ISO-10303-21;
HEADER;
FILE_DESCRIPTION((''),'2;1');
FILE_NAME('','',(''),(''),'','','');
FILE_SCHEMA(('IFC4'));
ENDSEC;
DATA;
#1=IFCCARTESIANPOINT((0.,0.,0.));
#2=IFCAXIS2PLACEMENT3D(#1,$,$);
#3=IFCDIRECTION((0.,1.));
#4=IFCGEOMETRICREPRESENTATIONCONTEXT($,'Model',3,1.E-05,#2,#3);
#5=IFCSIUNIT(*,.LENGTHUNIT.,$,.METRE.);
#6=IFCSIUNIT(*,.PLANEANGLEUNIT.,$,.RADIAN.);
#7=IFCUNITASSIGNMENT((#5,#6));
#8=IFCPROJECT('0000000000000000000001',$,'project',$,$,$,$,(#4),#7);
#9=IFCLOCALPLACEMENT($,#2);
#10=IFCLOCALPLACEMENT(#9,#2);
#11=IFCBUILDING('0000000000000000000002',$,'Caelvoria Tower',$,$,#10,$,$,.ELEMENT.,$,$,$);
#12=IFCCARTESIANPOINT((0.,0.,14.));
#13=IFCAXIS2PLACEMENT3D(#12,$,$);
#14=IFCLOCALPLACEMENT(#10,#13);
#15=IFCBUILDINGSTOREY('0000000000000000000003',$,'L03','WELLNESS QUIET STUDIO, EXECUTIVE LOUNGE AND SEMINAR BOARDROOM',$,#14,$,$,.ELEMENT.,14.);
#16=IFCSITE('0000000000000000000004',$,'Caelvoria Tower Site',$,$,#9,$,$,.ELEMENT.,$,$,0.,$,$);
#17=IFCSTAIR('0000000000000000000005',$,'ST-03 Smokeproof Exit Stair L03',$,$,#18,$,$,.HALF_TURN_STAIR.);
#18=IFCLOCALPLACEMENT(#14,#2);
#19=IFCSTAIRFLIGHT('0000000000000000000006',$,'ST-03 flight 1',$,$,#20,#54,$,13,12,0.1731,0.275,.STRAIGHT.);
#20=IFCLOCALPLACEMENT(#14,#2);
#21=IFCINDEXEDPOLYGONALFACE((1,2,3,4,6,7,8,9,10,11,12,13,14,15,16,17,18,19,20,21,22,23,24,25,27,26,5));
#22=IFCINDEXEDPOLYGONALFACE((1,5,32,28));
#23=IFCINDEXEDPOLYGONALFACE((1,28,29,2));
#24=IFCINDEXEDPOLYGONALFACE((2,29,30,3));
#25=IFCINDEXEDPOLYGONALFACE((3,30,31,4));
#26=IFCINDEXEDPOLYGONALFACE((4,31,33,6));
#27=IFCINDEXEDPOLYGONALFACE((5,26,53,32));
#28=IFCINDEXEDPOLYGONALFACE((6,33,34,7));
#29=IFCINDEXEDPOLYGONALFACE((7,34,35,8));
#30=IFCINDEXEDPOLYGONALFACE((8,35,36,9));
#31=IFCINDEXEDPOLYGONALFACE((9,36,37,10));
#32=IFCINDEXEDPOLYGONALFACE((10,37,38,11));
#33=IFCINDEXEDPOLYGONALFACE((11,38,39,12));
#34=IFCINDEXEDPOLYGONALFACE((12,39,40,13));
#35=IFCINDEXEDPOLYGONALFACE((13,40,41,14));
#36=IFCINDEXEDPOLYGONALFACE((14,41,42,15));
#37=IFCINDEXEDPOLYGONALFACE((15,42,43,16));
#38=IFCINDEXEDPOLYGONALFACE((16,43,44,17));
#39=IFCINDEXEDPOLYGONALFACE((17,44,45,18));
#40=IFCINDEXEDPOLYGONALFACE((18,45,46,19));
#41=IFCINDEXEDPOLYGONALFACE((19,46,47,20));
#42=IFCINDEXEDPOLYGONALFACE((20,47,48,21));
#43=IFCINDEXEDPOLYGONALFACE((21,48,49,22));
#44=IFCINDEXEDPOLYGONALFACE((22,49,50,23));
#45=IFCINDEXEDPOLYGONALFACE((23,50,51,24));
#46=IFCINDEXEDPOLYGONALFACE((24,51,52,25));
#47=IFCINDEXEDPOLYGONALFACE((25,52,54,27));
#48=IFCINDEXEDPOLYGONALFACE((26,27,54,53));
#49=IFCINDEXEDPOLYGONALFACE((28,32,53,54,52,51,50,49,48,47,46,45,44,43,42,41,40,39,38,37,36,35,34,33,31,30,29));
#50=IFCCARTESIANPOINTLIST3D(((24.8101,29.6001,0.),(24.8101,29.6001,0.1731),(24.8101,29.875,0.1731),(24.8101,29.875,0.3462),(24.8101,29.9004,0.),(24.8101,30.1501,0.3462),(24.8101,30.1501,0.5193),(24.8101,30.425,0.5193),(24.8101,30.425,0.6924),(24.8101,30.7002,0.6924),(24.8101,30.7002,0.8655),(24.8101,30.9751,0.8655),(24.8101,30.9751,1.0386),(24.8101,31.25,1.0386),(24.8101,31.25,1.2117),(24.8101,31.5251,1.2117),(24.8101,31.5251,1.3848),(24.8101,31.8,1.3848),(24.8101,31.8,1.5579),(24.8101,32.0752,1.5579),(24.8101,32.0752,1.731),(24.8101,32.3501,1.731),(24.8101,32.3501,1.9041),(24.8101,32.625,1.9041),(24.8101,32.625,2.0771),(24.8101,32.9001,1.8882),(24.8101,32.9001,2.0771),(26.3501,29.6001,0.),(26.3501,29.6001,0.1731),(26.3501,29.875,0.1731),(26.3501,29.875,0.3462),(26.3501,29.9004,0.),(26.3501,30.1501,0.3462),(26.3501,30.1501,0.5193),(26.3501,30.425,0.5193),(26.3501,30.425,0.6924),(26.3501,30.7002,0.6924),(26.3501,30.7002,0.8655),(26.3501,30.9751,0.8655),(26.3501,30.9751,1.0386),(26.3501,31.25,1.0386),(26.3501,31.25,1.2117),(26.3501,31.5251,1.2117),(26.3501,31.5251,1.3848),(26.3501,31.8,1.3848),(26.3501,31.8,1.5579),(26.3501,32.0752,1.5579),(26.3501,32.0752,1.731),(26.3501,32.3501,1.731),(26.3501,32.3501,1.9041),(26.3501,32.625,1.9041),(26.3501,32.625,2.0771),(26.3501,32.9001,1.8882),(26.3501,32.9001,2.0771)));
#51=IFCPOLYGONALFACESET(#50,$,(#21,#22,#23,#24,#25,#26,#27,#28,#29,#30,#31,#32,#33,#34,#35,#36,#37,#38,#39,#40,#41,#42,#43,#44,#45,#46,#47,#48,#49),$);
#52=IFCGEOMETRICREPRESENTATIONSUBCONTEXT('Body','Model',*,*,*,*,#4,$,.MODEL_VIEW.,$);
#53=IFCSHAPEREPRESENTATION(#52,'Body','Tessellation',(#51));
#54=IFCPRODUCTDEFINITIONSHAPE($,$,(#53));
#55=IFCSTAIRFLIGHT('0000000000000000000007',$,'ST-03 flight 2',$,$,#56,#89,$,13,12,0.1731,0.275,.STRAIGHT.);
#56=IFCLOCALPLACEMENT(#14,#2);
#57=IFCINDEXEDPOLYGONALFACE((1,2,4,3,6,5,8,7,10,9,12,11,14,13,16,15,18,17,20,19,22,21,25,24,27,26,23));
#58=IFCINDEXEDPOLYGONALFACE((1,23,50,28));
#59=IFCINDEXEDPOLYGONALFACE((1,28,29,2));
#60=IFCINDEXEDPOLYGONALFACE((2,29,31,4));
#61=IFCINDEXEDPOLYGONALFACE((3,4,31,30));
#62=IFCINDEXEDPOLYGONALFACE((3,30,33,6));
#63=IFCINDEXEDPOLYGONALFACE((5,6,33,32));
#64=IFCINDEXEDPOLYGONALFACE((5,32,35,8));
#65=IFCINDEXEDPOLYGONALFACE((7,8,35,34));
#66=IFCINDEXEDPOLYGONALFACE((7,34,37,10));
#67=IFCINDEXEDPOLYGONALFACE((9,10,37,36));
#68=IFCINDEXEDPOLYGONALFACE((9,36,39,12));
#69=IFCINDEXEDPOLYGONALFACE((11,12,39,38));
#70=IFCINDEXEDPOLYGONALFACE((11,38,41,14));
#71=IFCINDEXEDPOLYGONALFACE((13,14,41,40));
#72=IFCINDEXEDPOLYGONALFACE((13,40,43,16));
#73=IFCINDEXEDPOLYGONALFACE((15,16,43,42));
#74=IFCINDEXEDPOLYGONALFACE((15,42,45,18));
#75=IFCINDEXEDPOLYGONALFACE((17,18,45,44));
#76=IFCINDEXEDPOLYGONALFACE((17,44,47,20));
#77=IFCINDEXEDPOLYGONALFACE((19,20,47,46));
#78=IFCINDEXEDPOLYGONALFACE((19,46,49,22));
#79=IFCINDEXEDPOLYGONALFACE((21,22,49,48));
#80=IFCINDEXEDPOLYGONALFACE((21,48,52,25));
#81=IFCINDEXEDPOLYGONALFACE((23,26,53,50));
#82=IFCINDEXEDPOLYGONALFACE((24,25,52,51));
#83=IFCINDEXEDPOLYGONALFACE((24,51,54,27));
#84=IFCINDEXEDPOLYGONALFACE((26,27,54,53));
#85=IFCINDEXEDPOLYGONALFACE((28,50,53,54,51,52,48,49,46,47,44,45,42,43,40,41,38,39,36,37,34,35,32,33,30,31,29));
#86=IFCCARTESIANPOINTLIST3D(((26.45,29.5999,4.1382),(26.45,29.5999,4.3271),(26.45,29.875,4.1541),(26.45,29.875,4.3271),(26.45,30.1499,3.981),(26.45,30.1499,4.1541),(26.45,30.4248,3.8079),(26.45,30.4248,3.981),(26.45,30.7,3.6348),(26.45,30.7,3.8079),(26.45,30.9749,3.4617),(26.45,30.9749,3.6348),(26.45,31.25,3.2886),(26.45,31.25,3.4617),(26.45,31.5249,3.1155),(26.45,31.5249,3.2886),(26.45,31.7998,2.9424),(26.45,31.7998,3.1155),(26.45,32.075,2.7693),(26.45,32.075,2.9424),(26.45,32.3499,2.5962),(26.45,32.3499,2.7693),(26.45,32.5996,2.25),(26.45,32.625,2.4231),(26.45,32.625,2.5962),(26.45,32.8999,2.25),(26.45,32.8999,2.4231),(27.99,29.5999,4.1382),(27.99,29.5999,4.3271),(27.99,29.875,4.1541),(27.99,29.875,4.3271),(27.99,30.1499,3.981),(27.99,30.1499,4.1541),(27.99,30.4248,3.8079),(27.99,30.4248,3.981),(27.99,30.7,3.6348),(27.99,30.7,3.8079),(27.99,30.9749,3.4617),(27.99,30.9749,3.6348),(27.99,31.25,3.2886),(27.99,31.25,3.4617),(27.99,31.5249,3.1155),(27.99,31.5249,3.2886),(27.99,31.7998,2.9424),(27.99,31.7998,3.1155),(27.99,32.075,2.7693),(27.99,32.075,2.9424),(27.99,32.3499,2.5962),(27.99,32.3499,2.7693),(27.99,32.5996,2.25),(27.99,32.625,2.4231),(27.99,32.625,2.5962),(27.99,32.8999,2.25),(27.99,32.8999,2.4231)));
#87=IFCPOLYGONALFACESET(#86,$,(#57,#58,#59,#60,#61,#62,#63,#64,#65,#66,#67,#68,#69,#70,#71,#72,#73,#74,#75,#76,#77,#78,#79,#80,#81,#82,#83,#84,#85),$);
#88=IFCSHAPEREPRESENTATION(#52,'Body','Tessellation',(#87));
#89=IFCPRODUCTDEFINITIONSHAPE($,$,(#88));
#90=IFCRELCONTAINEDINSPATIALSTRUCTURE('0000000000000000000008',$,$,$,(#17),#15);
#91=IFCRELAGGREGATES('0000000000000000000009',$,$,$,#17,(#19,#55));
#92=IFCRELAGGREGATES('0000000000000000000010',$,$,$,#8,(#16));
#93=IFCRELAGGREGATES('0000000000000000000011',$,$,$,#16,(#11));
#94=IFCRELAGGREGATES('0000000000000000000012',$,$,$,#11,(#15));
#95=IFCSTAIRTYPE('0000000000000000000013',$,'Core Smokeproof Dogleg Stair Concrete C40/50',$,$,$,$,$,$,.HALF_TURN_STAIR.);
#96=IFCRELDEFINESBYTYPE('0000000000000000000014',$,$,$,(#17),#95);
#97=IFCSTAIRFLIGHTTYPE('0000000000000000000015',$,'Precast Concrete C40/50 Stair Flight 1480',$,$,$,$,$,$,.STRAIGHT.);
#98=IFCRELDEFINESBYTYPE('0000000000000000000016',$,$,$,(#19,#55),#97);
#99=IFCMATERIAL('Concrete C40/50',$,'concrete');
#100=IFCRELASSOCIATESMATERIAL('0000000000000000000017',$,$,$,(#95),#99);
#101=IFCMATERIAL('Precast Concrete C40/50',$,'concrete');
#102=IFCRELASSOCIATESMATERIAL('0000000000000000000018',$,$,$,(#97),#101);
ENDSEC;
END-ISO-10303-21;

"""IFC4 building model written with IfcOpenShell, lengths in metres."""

from ifc_helpers import new_model, si_unit, direction, frame, origin, place, context, subcontext, project, spatial, polyline, outline, extrude, material, type_object, element, aggregate, save


model = new_model("IFC4")

# Units and contexts
model_context = context("Model", 3, precision=1e-05, world=origin(), true_north=direction((0.0, 1.0)))
body_context = subcontext(model_context, "Body", "Model", "MODEL_VIEW")
ifc_project = project(units=[si_unit("LENGTHUNIT", "METRE"), si_unit("PLANEANGLEUNIT", "RADIAN")], contexts=[model_context])

# Site, building, storey
site_placement = place(None, origin())
site = spatial("IfcSite", under=ifc_project, at=site_placement, Name="Caelvoria Tower Site", CompositionType="ELEMENT", RefElevation=0.0)
building_placement = place(site_placement, origin())
building = spatial("IfcBuilding", under=site, at=building_placement, Name="Caelvoria Tower", CompositionType="ELEMENT")
storey_placement = place(building_placement, frame((0.0, 0.0, 14.0)))
storey = spatial("IfcBuildingStorey", under=building, at=storey_placement, Name="L03", Description="WELLNESS QUIET STUDIO, EXECUTIVE LOUNGE AND SEMINAR BOARDROOM", CompositionType="ELEMENT", Elevation=14.0)

# Stair, stair flights
ifc_material_1 = material(Name="Concrete C40/50", Category="concrete")
stair_type = type_object("IfcStairType", Name="Core Smokeproof Dogleg Stair Concrete C40/50", PredefinedType="HALF_TURN_STAIR", material=ifc_material_1)
stair_placement = place(storey_placement, origin())
stair = element("IfcStair", 1, at=stair_placement, inside=storey, type_object=stair_type, Name="ST-03 Smokeproof Exit Stair L03", PredefinedType="HALF_TURN_STAIR")
ifc_material_2 = material(Name="Precast Concrete C40/50", Category="concrete")
stair_flight_type = type_object("IfcStairFlightType", Name="Precast Concrete C40/50 Stair Flight 1480", PredefinedType="STRAIGHT", material=ifc_material_2)
stair_flight_1_placement = place(storey_placement, frame((25.5801, 29.6001, 0.0), z_axis=(0.0, 0.0, 1.0), x_axis=(0.0, 1.0, 0.0)))
stair_flight_1 = element("IfcStairFlight", 2, at=stair_flight_1_placement, type_object=stair_flight_type, Name="ST-03 flight 1", NumberOfRisers=13, NumberOfTreads=12, PredefinedType="STRAIGHT", RiserHeight=0.1731, TreadLength=0.275, context=body_context, shape_type="SweptSolid", body=[
    extrude(outline(polyline([(0.0, 0.0), (0.0, 0.1731), (0.2749, 0.1731), (0.2749, 0.3462), (0.55, 0.3462), (0.55, 0.5193), (0.825, 0.5193), (0.825, 0.6924), (1.1001, 0.6924), (1.1001, 0.8655), (1.375, 0.8655), (1.375, 1.0386), (1.6499, 1.0386), (1.6499, 1.2117), (1.925, 1.2117), (1.925, 1.3848), (2.2, 1.3848), (2.2, 1.5579), (2.4751, 1.5579), (2.4751, 1.731), (2.75, 1.731), (2.75, 1.9041), (3.0249, 1.9041), (3.0249, 2.0771), (3.3, 2.0771), (3.3, 2.2502), (3.3, 1.8882), (0.3003, 0.0), (0.0, 0.0)])), frame((0.0, 0.77, 0.0), z_axis=(0.0, -1.0, 0.0), x_axis=(1.0, 0.0, 0.0)), (0.0, 0.0, 1.0), 1.54),
])
stair_flight_2_placement = place(storey_placement, frame((27.22, 32.8999, 2.25), z_axis=(0.0, 0.0, 1.0), x_axis=(0.0, -1.0, 0.0)))
stair_flight_2 = element("IfcStairFlight", 3, at=stair_flight_2_placement, type_object=stair_flight_type, Name="ST-03 flight 2", NumberOfRisers=13, NumberOfTreads=12, PredefinedType="STRAIGHT", RiserHeight=0.1731, TreadLength=0.275, context=body_context, shape_type="SweptSolid", body=[
    extrude(outline(polyline([(0.0, 0.0), (0.0, 0.1731), (0.2749, 0.1731), (0.2749, 0.3462), (0.55, 0.3462), (0.55, 0.5193), (0.825, 0.5193), (0.825, 0.6924), (1.1001, 0.6924), (1.1001, 0.8655), (1.375, 0.8655), (1.375, 1.0386), (1.6499, 1.0386), (1.6499, 1.2117), (1.925, 1.2117), (1.925, 1.3848), (2.2, 1.3848), (2.2, 1.5579), (2.4751, 1.5579), (2.4751, 1.731), (2.75, 1.731), (2.75, 1.9041), (3.0249, 1.9041), (3.0249, 2.0771), (3.3, 2.0771), (3.3, 2.2502), (3.3, 1.8882), (0.3003, 0.0), (0.0, 0.0)])), frame((0.0, 0.77, 0.0), z_axis=(0.0, -1.0, 0.0), x_axis=(1.0, 0.0, 0.0)), (0.0, 0.0, 1.0), 1.54),
])
aggregate(stair, [stair_flight_1, stair_flight_2])

save(model, "model.ifc")
